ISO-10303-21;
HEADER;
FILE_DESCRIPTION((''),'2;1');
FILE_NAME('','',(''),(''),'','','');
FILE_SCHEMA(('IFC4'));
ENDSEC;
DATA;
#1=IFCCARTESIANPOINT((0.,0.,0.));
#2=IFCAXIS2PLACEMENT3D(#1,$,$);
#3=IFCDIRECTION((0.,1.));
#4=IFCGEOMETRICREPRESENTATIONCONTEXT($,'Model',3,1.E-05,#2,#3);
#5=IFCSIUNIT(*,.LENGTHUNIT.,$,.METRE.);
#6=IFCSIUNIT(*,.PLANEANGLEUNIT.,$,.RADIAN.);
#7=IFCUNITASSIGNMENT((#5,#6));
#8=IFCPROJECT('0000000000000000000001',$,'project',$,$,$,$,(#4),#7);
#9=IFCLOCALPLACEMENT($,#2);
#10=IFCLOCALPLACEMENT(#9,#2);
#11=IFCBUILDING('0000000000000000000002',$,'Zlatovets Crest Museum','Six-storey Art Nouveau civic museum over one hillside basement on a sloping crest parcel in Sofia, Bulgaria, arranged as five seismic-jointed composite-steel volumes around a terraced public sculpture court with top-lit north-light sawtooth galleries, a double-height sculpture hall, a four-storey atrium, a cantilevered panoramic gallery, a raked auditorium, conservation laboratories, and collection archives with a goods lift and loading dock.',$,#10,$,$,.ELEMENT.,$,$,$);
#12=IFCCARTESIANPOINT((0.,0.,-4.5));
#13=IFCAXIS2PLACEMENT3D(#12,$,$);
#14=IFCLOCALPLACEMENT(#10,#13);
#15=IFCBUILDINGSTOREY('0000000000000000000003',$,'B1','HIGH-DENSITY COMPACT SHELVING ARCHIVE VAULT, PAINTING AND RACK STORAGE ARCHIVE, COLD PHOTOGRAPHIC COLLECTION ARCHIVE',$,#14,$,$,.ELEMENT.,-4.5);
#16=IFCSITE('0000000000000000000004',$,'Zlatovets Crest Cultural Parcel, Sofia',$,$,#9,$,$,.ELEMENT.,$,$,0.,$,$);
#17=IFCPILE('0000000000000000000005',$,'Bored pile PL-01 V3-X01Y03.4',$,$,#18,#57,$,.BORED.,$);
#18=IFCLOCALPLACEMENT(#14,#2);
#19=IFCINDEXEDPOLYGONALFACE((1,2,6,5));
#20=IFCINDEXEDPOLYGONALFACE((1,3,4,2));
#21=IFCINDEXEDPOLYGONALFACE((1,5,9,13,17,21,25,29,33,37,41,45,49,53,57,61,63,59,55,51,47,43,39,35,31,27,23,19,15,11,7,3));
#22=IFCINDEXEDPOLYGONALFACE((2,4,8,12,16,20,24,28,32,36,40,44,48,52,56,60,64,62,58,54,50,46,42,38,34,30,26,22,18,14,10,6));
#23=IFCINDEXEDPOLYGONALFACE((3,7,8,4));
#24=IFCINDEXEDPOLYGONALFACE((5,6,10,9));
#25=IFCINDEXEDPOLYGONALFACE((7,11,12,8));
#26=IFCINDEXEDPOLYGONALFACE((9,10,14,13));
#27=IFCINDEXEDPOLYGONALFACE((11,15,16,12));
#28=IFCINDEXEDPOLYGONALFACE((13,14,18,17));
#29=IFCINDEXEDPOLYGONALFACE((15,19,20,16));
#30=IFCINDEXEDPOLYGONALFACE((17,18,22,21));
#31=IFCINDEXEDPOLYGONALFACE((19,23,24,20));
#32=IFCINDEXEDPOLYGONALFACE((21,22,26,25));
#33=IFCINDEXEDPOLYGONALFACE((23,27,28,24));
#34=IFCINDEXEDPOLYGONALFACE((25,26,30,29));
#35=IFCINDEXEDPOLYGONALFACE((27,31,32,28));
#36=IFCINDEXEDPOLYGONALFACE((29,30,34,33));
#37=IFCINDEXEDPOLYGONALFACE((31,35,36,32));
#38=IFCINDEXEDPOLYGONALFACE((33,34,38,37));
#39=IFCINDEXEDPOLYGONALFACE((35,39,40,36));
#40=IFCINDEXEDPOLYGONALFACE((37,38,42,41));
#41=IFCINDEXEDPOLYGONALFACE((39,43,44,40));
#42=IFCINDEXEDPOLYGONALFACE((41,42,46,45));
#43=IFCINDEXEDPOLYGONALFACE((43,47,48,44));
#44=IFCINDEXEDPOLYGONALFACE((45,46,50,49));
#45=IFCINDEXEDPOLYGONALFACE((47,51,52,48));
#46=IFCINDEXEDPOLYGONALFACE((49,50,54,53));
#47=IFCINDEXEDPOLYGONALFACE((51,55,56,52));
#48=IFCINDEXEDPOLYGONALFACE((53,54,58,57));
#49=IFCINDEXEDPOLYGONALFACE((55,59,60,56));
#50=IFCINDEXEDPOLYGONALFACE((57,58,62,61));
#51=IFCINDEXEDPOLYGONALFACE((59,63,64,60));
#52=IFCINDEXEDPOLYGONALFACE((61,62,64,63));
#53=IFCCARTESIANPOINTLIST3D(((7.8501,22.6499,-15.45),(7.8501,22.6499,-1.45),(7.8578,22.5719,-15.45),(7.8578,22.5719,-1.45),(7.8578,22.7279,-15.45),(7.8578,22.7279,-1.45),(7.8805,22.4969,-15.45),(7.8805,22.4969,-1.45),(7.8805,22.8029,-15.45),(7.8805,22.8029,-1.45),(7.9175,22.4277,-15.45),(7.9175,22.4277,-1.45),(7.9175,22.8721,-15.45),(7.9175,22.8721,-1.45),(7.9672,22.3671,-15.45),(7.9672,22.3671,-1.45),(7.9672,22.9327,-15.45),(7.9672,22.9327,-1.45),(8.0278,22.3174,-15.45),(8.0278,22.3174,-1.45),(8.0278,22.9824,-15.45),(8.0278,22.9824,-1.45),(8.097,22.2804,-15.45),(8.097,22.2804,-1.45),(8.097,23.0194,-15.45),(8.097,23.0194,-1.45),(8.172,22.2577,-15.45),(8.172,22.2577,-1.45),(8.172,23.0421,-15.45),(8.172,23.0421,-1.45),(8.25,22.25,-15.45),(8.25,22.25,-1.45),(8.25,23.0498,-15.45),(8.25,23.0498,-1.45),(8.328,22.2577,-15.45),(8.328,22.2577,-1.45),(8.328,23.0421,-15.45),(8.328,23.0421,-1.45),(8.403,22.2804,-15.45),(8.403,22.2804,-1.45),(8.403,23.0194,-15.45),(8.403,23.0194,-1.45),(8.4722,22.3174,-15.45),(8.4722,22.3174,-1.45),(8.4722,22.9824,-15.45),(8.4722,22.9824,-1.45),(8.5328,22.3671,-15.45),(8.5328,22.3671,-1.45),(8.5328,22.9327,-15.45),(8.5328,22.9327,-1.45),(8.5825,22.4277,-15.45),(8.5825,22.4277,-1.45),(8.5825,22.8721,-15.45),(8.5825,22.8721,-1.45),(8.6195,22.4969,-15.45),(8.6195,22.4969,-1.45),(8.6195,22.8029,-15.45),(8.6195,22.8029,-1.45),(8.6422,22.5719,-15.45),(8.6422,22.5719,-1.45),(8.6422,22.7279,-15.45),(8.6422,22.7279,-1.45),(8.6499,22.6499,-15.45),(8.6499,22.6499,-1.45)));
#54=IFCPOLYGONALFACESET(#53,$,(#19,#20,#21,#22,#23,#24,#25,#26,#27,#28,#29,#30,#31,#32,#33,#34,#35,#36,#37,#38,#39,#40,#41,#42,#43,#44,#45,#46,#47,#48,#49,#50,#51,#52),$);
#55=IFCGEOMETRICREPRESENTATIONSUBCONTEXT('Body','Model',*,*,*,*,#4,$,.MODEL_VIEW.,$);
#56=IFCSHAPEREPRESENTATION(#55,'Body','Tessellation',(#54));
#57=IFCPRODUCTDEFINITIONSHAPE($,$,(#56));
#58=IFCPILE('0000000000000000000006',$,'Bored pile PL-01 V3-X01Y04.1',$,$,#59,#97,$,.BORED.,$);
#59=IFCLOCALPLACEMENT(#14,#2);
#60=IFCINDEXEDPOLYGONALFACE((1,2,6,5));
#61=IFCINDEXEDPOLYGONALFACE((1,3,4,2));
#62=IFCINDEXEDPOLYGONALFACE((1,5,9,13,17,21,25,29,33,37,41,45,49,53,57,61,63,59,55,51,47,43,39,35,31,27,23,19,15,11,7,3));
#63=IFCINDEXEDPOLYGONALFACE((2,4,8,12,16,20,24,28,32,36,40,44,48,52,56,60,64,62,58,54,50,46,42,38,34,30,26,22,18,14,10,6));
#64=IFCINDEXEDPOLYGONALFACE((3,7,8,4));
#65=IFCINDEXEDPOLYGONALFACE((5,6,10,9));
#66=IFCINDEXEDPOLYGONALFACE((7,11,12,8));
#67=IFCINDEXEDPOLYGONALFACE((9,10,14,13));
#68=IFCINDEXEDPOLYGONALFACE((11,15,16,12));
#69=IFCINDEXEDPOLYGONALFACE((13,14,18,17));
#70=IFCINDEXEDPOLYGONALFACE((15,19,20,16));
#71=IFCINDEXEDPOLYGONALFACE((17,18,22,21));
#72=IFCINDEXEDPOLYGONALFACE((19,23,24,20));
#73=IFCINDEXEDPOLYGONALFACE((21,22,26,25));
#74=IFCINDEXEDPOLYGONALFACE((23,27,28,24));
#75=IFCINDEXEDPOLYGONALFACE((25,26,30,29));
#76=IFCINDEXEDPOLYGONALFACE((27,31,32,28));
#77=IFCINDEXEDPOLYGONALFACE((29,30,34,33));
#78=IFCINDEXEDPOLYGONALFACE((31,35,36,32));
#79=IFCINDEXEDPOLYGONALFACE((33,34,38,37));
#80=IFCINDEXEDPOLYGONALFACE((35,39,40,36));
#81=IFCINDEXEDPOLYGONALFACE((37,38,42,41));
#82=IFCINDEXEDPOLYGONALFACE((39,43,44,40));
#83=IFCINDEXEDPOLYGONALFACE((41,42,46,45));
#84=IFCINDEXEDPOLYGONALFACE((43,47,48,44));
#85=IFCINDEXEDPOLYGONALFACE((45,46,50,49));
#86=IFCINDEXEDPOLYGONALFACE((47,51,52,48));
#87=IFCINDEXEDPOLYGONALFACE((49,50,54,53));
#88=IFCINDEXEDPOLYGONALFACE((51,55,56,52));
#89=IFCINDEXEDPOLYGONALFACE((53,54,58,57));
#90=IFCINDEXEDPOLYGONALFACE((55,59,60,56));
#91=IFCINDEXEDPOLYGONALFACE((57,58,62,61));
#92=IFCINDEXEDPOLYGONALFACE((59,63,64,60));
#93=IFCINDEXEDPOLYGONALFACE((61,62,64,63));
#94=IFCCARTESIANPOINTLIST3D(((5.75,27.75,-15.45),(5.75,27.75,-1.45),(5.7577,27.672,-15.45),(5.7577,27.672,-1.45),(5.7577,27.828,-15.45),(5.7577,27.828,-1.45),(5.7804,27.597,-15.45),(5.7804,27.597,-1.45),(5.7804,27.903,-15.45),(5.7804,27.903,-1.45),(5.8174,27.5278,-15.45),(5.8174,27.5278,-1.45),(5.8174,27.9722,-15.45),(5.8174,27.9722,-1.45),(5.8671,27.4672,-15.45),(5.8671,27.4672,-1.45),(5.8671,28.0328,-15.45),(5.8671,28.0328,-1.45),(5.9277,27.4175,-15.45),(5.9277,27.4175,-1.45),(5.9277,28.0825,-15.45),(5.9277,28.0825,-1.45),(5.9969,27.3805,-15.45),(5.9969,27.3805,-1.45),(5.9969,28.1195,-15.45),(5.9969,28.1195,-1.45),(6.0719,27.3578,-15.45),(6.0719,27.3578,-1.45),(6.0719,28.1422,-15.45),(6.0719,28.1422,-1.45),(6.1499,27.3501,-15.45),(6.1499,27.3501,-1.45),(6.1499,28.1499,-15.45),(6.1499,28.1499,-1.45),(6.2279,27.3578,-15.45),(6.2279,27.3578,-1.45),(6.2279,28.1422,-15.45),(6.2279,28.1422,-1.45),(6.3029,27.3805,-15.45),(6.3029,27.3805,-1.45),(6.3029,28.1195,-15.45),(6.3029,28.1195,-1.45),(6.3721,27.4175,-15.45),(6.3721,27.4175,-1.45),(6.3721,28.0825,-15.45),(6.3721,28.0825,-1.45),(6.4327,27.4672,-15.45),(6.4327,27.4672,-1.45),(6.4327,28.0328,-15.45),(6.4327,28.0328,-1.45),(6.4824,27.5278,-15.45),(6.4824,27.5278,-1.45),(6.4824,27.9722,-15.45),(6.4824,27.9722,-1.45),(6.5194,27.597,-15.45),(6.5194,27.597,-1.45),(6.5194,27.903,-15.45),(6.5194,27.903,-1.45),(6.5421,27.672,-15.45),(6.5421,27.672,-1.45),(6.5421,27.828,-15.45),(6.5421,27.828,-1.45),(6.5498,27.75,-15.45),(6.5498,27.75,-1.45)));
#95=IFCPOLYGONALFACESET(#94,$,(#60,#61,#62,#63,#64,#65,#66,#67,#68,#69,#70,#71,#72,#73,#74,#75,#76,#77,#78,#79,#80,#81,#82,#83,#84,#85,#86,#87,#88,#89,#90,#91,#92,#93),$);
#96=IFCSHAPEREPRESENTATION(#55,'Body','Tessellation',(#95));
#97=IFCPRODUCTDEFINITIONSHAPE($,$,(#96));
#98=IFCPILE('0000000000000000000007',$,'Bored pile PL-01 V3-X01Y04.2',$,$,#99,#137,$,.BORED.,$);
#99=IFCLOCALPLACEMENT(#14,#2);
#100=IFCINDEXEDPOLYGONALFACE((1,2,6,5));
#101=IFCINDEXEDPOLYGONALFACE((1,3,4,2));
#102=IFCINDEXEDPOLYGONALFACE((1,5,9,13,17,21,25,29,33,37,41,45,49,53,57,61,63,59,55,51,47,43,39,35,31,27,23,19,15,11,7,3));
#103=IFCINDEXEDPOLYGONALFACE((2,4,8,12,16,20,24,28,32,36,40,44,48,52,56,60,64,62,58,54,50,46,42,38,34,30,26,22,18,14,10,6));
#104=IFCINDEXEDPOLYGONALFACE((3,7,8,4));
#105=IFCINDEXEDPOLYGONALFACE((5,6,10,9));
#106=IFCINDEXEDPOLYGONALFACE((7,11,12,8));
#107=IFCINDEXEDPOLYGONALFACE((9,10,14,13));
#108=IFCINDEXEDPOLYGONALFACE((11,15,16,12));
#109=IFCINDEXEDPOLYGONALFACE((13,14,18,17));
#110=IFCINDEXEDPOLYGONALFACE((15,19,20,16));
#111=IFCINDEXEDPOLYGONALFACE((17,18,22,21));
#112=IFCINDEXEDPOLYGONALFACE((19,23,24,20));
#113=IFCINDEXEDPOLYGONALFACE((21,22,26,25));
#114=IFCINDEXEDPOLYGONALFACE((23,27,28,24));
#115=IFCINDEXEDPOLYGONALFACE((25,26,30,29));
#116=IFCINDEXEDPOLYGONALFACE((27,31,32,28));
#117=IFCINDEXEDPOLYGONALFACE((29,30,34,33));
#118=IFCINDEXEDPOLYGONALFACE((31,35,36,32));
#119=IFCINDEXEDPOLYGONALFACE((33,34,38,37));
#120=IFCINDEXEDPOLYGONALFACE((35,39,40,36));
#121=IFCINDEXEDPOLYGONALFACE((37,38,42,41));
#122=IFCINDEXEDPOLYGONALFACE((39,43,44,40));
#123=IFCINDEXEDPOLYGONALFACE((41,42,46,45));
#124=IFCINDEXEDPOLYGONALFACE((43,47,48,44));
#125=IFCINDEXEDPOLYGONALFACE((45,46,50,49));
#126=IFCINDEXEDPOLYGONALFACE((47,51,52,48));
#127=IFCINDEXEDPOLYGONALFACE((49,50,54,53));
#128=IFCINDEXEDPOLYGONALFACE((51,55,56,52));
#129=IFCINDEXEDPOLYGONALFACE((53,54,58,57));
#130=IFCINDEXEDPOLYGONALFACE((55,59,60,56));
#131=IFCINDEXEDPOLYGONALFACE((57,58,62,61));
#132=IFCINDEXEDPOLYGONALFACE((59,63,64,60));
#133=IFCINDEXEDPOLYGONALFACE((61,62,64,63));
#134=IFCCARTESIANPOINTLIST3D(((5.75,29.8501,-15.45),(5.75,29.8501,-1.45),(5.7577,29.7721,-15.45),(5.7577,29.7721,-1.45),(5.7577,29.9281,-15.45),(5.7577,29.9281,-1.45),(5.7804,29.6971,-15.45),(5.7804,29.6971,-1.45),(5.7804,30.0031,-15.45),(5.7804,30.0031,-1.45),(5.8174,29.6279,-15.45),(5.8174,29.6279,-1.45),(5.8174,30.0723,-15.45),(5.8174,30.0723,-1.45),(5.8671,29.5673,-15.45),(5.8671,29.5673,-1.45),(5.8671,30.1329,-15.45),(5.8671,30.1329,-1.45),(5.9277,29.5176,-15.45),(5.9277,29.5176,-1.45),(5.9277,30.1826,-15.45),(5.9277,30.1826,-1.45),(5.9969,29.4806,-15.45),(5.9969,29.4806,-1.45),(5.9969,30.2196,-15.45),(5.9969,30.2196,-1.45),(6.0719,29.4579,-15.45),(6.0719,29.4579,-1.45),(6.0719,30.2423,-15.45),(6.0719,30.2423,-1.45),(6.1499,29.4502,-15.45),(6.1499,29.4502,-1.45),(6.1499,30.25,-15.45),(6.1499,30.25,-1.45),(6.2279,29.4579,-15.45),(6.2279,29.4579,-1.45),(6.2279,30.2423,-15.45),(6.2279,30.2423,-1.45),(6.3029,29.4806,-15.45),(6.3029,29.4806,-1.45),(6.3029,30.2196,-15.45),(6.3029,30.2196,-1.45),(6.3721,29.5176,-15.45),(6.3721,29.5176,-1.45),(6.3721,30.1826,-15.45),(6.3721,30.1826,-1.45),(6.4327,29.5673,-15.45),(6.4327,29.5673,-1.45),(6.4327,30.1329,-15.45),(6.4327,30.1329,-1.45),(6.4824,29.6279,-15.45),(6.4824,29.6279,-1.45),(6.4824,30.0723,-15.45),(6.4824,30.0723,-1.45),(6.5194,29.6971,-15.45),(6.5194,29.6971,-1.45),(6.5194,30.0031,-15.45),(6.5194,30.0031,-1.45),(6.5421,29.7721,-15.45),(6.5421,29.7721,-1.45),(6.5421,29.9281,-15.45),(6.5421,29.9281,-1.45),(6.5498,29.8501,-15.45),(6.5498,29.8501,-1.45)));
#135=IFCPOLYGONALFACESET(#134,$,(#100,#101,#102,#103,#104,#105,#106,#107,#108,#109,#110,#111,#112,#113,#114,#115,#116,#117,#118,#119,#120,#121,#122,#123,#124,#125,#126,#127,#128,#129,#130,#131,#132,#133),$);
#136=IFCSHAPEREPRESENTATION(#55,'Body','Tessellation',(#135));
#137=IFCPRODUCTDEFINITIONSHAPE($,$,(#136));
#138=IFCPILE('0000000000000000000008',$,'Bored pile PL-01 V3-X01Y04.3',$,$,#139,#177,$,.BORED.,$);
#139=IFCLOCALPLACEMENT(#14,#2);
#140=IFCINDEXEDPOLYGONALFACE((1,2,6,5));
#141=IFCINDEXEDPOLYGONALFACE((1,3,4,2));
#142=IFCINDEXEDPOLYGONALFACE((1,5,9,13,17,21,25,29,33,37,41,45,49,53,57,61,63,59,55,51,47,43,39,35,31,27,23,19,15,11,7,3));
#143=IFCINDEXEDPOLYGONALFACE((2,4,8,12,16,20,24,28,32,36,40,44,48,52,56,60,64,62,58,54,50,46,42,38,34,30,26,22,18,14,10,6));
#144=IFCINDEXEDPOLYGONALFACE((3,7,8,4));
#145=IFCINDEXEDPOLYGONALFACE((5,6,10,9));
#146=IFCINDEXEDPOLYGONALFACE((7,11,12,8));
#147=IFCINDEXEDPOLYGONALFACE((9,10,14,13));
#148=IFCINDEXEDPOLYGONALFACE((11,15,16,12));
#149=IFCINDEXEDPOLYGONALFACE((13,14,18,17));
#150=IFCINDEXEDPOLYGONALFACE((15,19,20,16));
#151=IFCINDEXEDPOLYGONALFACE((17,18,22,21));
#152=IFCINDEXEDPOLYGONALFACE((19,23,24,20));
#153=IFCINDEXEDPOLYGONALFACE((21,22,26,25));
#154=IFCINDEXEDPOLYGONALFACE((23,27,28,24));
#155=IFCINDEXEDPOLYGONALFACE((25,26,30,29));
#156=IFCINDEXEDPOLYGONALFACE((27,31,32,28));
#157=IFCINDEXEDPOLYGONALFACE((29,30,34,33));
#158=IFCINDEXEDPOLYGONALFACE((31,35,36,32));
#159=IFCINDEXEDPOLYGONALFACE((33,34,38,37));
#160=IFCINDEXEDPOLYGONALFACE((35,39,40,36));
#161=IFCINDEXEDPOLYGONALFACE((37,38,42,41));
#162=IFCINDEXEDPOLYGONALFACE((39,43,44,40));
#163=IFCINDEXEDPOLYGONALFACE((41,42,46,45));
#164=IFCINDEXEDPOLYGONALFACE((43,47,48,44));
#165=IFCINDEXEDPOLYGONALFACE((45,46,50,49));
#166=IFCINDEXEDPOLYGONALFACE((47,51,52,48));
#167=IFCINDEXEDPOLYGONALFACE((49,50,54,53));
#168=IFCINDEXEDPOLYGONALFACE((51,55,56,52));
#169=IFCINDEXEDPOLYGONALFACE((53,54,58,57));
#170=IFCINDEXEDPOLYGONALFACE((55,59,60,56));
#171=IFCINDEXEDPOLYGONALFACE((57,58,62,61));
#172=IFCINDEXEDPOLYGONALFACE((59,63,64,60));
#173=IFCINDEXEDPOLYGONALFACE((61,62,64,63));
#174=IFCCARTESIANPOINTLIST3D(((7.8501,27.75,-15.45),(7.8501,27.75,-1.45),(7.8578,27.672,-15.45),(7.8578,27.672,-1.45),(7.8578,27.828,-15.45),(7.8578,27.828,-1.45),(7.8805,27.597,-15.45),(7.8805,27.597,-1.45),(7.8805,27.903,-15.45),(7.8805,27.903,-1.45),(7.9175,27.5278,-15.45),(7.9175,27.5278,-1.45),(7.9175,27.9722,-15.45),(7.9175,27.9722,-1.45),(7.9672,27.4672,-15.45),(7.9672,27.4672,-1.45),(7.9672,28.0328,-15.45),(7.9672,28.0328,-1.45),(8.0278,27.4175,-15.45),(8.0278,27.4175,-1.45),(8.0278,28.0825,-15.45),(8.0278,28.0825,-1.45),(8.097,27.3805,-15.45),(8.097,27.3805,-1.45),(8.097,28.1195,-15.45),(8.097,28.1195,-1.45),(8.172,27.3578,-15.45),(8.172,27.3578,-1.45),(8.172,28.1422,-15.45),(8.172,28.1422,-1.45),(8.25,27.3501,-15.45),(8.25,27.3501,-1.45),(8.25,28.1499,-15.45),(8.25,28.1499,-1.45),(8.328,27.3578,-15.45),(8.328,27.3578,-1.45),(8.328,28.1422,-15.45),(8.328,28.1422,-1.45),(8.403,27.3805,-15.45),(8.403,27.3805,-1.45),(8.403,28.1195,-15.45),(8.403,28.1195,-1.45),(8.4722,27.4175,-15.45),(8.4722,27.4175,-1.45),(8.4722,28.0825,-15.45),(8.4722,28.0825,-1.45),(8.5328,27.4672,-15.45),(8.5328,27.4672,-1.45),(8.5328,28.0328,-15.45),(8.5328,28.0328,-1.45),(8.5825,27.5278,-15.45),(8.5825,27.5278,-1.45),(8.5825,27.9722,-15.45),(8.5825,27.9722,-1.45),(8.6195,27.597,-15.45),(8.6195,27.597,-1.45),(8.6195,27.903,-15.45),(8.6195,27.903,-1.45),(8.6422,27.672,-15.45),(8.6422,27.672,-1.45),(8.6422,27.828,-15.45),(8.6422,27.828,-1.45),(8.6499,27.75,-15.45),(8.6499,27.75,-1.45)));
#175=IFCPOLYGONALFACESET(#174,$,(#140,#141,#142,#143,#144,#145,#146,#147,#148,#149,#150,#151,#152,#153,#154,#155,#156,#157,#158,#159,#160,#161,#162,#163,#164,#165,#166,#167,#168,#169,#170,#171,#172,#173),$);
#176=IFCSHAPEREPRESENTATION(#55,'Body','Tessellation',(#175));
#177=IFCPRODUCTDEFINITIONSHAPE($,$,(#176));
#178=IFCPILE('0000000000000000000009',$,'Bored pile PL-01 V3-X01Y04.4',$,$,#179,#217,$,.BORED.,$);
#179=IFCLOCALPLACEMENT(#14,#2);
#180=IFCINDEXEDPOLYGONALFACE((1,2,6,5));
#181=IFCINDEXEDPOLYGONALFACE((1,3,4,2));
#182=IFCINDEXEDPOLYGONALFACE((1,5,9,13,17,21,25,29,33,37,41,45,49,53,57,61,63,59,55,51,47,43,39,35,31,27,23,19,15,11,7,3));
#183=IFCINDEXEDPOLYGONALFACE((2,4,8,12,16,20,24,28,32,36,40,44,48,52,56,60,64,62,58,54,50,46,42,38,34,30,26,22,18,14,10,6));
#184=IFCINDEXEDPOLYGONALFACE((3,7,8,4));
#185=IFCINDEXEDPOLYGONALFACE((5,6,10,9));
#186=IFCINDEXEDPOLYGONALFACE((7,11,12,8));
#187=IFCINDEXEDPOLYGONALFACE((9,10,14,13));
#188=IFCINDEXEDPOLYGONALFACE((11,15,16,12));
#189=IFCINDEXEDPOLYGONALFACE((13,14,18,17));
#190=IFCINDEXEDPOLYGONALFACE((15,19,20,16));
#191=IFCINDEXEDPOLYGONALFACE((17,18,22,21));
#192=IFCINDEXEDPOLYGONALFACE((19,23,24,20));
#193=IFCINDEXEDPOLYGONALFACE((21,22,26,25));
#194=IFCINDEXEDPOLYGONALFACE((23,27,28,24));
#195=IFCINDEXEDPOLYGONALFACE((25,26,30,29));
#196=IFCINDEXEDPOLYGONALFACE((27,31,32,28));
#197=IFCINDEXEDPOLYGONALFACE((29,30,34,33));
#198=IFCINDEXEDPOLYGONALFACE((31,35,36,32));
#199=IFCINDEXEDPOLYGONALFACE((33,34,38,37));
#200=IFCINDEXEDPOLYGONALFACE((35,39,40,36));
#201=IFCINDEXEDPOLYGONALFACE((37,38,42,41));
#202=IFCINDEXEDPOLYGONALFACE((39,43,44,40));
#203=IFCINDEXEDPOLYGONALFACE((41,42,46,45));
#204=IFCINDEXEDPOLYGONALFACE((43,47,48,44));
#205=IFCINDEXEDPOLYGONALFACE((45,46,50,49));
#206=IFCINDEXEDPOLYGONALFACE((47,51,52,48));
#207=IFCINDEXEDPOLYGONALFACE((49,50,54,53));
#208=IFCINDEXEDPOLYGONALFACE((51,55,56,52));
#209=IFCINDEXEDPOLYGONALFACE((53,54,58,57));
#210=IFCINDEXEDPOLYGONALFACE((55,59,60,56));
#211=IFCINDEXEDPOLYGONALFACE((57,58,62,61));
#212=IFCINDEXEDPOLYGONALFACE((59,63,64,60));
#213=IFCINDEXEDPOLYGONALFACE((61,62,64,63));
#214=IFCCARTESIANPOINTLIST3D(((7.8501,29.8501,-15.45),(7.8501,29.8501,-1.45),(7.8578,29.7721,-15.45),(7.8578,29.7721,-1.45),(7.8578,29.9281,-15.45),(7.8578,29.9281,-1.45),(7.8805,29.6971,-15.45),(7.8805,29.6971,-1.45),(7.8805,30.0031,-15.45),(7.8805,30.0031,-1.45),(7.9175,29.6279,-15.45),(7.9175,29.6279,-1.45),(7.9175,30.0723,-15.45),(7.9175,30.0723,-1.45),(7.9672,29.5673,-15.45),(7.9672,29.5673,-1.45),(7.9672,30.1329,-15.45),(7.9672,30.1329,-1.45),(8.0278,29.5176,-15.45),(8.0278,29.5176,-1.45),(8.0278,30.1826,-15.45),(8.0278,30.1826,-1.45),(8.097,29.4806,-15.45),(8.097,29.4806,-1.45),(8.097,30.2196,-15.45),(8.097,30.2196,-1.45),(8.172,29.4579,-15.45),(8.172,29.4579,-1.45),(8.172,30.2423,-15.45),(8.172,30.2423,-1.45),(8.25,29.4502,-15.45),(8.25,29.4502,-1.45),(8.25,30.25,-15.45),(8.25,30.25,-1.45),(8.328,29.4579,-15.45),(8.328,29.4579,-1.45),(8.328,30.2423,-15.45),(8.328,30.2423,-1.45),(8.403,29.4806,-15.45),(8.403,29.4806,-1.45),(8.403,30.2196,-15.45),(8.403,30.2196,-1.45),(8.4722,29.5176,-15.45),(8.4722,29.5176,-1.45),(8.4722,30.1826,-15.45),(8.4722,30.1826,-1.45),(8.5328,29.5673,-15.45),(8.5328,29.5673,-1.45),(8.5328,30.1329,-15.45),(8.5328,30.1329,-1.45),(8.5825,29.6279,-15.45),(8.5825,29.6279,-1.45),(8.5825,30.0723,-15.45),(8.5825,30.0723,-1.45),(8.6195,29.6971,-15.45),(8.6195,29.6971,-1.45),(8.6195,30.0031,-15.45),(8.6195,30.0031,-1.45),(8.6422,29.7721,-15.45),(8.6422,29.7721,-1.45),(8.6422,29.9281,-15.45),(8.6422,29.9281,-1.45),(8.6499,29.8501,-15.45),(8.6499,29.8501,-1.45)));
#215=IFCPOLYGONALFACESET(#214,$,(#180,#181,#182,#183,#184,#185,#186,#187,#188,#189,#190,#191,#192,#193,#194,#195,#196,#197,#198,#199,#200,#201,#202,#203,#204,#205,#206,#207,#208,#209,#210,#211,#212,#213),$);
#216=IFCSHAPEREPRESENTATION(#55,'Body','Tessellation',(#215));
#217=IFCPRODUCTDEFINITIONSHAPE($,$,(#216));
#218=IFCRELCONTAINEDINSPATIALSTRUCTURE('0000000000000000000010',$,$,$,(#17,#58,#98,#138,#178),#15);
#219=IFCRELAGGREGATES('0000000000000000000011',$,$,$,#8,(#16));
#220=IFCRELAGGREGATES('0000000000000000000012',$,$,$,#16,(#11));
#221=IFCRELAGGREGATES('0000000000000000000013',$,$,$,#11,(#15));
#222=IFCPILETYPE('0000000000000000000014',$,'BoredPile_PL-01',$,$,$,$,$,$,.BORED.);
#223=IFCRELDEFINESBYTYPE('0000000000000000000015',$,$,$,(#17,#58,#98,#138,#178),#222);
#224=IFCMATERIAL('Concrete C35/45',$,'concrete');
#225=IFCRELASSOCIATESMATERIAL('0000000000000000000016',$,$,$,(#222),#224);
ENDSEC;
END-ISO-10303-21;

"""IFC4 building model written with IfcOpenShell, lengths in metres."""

from ifc_helpers import new_model, si_unit, direction, frame, origin, origin_2d, place, context, subcontext, project, spatial, circle, extrude, material, material_profile, profile_set, type_object, element, save


model = new_model("IFC4")

# Units and contexts
model_context = context("Model", 3, precision=1e-05, world=origin(), true_north=direction((0.0, 1.0)))
body_context = subcontext(model_context, "Body", "Model", "MODEL_VIEW")
ifc_project = project(units=[si_unit("LENGTHUNIT", "METRE"), si_unit("PLANEANGLEUNIT", "RADIAN")], contexts=[model_context])

# Site, building, storey
site_placement = place(None, origin())
site = spatial("IfcSite", under=ifc_project, at=site_placement, Name="Zlatovets Crest Cultural Parcel, Sofia", CompositionType="ELEMENT", RefElevation=0.0)
building_placement = place(site_placement, origin())
building = spatial("IfcBuilding", under=site, at=building_placement, Name="Zlatovets Crest Museum", Description="Six-storey Art Nouveau civic museum over one hillside basement on a sloping crest parcel in Sofia, Bulgaria, arranged as five seismic-jointed composite-steel volumes around a terraced public sculpture court with top-lit north-light sawtooth galleries, a double-height sculpture hall, a four-storey atrium, a cantilevered panoramic gallery, a raked auditorium, conservation laboratories, and collection archives with a goods lift and loading dock.", CompositionType="ELEMENT")
storey_placement = place(building_placement, frame((0.0, 0.0, -4.5)))
storey = spatial("IfcBuildingStorey", under=building, at=storey_placement, Name="B1", Description="HIGH-DENSITY COMPACT SHELVING ARCHIVE VAULT, PAINTING AND RACK STORAGE ARCHIVE, COLD PHOTOGRAPHIC COLLECTION ARCHIVE", CompositionType="ELEMENT", Elevation=-4.5)

# Piles
ifc_material_1 = material(Name="Concrete C35/45", Category="concrete")
ifc_material_profile_1 = material_profile(ifc_material_1, circle(Radius=0.3999, at=origin_2d()), Name="PILE D800")
ifc_profile_set_1 = profile_set([ifc_material_profile_1], Name="Concrete C35/45")
pile_type = type_object("IfcPileType", Name="BoredPile_PL-01", PredefinedType="BORED", material=ifc_profile_set_1)
for number, where, z_axis, x_axis, name in (
    (1, (8.25, 22.6499, -1.45), (0.0, 0.0, -1.0), (1.0, 0.0, 0.0), "Bored pile PL-01 V3-X01Y03.4"),
    (2, (6.1499, 27.75, -1.45), (0.0, 0.0, -1.0), (1.0, 0.0, 0.0), "Bored pile PL-01 V3-X01Y04.1"),
    (3, (6.1499, 29.8501, -1.45), (0.0, 0.0, -1.0), (1.0, 0.0, 0.0), "Bored pile PL-01 V3-X01Y04.2"),
    (4, (8.25, 27.75, -1.45), (0.0, 0.0, -1.0), (1.0, 0.0, 0.0), "Bored pile PL-01 V3-X01Y04.3"),
    (5, (8.25, 29.8501, -1.45), (0.0, 0.0, -1.0), (1.0, 0.0, 0.0), "Bored pile PL-01 V3-X01Y04.4"),
):
    element("IfcPile", number, at=place(storey_placement, frame(where, z_axis=z_axis, x_axis=x_axis)), inside=storey, type_object=pile_type, Name=name, PredefinedType="BORED", context=body_context, shape_type="SweptSolid", body=[
        extrude(circle(Radius=0.3999, at=origin_2d()), origin(), (0.0, 0.0, 1.0), 14.0),
    ])

save(model, "model.ifc")
